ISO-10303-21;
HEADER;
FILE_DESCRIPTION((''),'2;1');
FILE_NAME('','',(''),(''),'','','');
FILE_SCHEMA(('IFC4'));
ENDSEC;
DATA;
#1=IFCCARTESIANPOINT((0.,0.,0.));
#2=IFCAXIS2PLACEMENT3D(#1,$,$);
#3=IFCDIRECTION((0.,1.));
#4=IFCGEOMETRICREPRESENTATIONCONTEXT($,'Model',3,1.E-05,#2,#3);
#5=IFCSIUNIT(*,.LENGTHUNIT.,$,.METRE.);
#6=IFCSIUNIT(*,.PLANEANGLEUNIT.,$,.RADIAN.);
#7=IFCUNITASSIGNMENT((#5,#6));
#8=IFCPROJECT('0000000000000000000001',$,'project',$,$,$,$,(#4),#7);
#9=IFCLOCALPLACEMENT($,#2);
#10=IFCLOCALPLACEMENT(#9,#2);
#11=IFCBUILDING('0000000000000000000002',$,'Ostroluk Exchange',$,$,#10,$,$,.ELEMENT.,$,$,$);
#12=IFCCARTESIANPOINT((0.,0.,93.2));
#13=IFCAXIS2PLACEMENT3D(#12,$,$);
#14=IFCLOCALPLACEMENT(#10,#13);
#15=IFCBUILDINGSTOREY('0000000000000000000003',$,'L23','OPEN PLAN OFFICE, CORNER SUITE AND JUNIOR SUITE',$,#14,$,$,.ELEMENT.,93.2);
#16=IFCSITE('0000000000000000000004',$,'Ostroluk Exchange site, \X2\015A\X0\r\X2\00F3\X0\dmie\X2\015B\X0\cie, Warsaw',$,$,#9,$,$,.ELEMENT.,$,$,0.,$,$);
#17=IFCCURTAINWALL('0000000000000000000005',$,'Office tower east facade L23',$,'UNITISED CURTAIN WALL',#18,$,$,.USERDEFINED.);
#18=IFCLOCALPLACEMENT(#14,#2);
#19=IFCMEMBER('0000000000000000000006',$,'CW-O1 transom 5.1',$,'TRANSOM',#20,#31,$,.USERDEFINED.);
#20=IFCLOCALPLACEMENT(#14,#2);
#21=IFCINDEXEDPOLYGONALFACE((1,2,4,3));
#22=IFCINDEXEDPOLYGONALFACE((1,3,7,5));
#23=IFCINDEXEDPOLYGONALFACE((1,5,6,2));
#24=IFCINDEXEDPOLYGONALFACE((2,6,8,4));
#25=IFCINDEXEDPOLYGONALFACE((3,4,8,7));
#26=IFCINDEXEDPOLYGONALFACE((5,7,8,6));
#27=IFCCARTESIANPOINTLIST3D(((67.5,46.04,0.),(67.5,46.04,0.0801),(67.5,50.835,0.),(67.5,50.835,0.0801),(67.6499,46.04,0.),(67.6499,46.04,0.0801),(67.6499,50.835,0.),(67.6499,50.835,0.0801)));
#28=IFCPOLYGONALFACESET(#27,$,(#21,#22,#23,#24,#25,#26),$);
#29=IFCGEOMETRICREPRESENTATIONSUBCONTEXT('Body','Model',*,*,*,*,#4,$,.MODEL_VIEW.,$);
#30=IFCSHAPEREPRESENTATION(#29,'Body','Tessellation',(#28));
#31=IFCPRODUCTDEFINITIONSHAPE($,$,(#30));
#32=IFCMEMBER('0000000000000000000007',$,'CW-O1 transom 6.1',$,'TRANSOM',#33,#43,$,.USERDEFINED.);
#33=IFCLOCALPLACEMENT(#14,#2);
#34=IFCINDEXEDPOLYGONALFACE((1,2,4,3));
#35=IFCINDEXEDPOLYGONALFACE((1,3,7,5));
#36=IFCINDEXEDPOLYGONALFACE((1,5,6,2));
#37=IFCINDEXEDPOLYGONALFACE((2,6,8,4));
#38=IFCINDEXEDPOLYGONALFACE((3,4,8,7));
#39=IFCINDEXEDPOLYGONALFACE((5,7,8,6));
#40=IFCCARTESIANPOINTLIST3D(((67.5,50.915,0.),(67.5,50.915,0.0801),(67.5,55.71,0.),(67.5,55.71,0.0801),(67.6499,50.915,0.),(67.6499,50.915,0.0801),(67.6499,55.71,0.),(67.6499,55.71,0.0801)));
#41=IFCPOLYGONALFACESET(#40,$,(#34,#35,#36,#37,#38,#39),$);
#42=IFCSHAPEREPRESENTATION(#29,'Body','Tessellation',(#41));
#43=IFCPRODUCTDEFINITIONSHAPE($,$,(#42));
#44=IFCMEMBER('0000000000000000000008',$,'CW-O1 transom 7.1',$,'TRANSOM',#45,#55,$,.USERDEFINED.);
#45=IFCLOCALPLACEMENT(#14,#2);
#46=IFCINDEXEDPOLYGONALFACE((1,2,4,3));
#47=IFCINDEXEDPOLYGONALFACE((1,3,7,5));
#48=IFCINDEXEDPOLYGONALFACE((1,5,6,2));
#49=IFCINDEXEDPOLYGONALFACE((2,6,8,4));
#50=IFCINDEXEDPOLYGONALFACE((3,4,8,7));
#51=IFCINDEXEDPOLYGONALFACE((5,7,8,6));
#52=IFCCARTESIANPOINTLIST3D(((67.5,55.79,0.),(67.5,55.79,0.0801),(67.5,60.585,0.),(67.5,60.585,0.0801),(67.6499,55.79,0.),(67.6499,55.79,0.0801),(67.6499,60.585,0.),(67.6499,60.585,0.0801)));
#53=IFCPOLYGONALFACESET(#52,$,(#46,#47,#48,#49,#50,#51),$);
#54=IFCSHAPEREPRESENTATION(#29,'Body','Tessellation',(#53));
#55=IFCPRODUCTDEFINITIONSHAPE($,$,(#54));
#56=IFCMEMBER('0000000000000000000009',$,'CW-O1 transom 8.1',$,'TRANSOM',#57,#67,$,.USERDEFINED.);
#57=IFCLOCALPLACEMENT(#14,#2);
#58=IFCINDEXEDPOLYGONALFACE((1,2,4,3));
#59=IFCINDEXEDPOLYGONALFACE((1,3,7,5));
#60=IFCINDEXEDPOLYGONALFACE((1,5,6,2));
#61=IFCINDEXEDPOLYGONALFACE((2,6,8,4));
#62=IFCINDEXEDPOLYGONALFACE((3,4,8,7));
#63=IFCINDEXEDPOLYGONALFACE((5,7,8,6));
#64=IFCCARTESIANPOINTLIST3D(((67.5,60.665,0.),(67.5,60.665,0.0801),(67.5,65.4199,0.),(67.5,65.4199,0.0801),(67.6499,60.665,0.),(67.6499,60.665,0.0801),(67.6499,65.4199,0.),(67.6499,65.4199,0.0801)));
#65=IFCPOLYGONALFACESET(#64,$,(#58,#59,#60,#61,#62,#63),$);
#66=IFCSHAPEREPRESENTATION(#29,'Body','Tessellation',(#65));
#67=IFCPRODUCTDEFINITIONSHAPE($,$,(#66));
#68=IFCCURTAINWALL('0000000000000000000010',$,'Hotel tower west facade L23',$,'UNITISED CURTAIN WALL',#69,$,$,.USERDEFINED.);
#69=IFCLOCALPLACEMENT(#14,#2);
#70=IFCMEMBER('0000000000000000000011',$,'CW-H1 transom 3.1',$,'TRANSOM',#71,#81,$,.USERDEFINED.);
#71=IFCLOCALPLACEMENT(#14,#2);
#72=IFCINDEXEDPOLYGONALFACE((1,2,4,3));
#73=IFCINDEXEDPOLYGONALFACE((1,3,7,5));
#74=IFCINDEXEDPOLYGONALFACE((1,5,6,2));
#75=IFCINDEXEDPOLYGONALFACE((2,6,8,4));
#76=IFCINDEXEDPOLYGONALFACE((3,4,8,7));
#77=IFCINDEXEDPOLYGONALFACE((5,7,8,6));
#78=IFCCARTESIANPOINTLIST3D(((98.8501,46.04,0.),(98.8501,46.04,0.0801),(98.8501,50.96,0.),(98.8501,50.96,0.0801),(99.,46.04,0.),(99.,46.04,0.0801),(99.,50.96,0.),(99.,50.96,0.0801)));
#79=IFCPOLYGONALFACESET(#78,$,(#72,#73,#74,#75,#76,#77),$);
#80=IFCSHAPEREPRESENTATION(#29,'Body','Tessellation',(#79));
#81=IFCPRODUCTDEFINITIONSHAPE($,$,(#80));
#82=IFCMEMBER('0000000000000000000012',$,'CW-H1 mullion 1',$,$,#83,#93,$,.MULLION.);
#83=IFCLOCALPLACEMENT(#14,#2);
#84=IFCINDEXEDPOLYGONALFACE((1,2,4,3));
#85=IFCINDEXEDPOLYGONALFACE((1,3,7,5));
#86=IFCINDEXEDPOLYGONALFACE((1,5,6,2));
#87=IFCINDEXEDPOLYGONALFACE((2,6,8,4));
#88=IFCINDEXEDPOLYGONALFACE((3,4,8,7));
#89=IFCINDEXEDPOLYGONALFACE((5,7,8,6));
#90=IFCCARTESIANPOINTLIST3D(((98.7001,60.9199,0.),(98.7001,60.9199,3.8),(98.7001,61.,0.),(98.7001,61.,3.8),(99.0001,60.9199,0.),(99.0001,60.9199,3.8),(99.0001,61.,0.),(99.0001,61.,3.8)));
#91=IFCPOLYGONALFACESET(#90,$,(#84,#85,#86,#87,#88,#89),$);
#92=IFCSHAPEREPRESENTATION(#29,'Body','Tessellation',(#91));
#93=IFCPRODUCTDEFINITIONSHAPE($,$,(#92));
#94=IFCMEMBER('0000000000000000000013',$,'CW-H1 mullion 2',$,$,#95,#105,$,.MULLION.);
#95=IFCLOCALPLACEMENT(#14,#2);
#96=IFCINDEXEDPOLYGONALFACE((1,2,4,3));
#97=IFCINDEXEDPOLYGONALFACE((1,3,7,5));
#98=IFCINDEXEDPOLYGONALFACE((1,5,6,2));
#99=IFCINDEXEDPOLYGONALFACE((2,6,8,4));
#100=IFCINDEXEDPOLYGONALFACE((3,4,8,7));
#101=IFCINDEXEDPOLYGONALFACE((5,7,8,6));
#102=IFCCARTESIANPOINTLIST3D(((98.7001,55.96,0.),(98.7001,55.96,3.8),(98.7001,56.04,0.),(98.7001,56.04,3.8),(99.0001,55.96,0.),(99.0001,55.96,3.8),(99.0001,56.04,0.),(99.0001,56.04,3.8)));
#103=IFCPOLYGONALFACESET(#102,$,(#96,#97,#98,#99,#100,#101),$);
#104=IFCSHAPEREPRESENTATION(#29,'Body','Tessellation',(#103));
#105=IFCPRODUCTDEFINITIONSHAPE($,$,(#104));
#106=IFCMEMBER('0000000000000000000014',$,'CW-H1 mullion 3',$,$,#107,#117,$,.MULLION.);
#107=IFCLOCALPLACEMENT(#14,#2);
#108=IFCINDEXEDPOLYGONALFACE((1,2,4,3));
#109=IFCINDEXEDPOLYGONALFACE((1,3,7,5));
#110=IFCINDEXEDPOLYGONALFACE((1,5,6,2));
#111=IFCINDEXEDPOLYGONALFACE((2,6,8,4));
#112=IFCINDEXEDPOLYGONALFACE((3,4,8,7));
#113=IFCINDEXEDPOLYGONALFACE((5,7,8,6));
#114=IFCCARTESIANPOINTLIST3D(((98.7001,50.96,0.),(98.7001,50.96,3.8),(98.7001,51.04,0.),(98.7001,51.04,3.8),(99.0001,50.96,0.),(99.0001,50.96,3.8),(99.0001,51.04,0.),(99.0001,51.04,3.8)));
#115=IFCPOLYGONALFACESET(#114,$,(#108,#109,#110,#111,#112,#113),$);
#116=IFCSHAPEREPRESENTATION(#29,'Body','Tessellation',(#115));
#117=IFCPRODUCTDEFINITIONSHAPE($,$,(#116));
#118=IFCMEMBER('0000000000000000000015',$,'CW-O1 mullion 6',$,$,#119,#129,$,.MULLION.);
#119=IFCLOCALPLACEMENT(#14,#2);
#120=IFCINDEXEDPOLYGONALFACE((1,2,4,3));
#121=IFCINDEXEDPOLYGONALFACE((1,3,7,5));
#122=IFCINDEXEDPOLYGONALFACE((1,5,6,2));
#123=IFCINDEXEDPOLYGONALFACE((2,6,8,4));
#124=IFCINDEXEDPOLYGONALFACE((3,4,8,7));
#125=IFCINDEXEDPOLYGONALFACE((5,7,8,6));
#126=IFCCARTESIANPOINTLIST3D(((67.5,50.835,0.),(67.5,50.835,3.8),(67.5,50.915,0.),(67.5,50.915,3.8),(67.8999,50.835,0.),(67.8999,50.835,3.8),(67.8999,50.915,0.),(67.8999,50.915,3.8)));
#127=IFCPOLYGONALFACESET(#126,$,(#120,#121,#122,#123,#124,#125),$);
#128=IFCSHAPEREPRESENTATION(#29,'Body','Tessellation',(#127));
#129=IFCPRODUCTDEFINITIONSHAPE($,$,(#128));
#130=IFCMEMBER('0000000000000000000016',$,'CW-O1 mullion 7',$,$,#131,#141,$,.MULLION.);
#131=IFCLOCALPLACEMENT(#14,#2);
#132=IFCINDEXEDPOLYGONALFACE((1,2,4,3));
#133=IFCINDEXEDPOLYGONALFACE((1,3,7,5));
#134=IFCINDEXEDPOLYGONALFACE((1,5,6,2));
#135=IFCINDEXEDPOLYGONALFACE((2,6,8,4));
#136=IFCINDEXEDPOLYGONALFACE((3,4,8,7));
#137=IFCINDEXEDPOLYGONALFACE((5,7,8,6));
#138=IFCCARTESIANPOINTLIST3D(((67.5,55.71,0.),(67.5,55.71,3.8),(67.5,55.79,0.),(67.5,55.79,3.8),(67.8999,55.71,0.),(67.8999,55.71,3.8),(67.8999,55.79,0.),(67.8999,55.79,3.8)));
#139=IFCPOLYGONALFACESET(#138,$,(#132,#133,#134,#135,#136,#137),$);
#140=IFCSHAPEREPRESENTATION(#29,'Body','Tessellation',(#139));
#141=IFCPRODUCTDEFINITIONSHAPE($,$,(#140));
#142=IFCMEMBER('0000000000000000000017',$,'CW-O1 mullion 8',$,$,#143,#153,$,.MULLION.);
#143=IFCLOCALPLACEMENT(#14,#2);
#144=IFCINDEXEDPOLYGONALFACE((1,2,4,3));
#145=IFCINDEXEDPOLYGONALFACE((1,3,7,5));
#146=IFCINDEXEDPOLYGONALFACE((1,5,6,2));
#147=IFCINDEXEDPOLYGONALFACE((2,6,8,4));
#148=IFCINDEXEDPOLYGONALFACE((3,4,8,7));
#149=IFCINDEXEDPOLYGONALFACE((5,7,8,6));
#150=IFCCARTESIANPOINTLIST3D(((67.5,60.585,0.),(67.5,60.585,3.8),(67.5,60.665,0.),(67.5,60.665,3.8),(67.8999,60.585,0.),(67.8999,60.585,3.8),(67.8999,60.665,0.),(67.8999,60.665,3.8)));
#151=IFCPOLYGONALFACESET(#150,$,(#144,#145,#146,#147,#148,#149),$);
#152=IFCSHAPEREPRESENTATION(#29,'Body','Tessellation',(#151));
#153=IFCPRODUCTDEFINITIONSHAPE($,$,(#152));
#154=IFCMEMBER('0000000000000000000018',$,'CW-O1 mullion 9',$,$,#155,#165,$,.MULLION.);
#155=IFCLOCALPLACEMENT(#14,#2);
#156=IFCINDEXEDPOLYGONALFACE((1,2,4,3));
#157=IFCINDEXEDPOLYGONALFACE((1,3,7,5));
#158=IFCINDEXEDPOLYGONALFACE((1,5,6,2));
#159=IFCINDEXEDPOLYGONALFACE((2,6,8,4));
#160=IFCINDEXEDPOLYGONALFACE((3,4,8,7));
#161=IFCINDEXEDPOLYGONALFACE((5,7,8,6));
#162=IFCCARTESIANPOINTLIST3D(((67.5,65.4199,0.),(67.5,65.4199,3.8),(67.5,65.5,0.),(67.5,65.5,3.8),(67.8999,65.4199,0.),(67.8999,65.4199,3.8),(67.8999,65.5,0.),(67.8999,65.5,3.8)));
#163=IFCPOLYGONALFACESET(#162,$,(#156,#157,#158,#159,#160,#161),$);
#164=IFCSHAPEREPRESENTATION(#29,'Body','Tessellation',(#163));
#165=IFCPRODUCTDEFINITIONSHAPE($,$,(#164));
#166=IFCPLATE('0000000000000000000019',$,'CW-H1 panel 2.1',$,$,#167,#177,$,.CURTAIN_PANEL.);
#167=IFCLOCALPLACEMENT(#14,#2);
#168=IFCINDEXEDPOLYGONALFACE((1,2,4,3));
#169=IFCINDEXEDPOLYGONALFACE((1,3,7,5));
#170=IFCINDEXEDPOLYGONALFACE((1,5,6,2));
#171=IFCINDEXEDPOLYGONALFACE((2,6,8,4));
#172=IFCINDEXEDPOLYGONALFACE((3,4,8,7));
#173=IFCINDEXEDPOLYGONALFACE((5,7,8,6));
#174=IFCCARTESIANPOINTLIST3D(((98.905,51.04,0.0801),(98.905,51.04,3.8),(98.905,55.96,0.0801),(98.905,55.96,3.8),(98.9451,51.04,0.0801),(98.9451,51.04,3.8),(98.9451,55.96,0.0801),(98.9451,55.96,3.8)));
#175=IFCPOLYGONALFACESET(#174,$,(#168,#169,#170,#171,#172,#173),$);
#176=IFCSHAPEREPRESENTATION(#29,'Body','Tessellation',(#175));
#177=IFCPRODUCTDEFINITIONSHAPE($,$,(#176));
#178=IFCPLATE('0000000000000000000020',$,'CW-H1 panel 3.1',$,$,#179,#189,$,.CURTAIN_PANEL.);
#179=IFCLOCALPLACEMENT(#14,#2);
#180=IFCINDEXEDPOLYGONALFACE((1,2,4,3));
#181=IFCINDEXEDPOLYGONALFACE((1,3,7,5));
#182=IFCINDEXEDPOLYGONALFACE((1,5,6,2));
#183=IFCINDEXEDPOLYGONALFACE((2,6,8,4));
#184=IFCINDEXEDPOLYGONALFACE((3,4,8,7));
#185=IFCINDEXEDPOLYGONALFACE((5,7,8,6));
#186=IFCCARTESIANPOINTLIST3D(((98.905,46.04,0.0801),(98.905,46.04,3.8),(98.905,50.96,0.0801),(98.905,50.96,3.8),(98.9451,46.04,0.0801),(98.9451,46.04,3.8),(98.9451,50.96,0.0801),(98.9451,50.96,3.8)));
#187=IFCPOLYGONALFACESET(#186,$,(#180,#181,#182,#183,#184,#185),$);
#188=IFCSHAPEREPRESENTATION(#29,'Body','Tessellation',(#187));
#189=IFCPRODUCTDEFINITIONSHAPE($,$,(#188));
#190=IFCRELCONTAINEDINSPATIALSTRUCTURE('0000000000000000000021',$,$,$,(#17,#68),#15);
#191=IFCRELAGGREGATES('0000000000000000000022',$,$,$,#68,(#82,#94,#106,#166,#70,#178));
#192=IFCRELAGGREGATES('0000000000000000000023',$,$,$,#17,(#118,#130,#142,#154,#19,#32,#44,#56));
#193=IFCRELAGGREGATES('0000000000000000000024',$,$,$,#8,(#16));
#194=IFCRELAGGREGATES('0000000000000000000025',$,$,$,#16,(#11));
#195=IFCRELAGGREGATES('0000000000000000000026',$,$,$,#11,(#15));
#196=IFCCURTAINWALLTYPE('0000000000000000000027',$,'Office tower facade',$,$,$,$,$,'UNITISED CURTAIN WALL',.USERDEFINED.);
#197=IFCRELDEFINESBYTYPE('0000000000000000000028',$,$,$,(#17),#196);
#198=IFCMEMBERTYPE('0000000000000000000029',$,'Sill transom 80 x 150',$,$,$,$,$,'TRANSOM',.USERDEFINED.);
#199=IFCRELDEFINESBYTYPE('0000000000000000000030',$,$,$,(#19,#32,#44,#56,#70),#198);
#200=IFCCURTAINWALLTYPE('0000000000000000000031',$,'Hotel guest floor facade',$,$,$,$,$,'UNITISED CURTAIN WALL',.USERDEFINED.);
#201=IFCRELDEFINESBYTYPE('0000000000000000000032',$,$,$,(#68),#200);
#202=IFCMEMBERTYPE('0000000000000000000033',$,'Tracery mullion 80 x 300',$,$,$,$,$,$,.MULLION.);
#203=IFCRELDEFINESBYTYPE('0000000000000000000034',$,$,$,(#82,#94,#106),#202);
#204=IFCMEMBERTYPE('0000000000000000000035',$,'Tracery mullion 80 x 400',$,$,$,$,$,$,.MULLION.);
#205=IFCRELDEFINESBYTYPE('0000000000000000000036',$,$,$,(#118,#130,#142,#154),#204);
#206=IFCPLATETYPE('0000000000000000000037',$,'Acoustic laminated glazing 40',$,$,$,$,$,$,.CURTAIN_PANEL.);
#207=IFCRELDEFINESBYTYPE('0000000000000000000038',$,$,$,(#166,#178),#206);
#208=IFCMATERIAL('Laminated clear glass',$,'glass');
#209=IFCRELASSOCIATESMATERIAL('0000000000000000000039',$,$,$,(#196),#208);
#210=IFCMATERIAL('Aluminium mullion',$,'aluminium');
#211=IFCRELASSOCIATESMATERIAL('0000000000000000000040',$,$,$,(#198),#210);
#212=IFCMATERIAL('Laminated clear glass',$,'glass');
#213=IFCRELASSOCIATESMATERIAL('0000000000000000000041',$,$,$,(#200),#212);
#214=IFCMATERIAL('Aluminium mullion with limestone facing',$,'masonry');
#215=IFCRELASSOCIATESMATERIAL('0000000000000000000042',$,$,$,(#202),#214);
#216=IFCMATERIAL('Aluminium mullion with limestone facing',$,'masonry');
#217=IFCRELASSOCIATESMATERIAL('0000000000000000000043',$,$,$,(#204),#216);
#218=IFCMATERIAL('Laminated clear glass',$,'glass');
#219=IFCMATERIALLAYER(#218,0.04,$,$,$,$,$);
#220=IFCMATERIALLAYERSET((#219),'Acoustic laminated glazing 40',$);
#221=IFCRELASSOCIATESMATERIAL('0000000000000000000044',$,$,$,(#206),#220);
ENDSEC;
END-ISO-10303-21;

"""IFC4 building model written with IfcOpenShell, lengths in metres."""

from ifc_helpers import new_model, si_unit, direction, frame, origin, origin_2d, place, context, subcontext, project, spatial, rectangle, extrude, material, layer, layer_set, material_profile, profile_set, type_object, element, aggregate, save


model = new_model("IFC4")

# Units and contexts
model_context = context("Model", 3, precision=1e-05, world=origin(), true_north=direction((0.0, 1.0)))
body_context = subcontext(model_context, "Body", "Model", "MODEL_VIEW")
ifc_project = project(units=[si_unit("LENGTHUNIT", "METRE"), si_unit("PLANEANGLEUNIT", "RADIAN")], contexts=[model_context])

# Site, building, storey
site_placement = place(None, origin())
site = spatial("IfcSite", under=ifc_project, at=site_placement, Name="Ostroluk Exchange site, Śródmieście, Warsaw", CompositionType="ELEMENT", RefElevation=0.0)
building_placement = place(site_placement, origin())
building = spatial("IfcBuilding", under=site, at=building_placement, Name="Ostroluk Exchange", CompositionType="ELEMENT")
storey_placement = place(building_placement, frame((0.0, 0.0, 93.2)))
storey = spatial("IfcBuildingStorey", under=building, at=storey_placement, Name="L23", Description="OPEN PLAN OFFICE, CORNER SUITE AND JUNIOR SUITE", CompositionType="ELEMENT", Elevation=93.2)

# Curtain walls, members
ifc_material_1 = material(Name="Laminated clear glass", Category="glass")
curtain_wall_type_1 = type_object("IfcCurtainWallType", Name="Office tower facade", ElementType="UNITISED CURTAIN WALL", PredefinedType="USERDEFINED", material=ifc_material_1)
curtain_wall_1_placement = place(storey_placement, origin())
curtain_wall_1 = element("IfcCurtainWall", 1, at=curtain_wall_1_placement, inside=storey, type_object=curtain_wall_type_1, Name="Office tower east facade L23", ObjectType="UNITISED CURTAIN WALL", PredefinedType="USERDEFINED")
ifc_material_2 = material(Name="Aluminium mullion", Category="aluminium")
ifc_material_profile_1 = material_profile(ifc_material_2, rectangle(XDim=0.1499, YDim=0.0801, at=origin_2d()), Name="Sill transom 80 x 150")
ifc_profile_set_1 = profile_set([ifc_material_profile_1], Name="Aluminium mullion")
member_type_1 = type_object("IfcMemberType", Name="Sill transom 80 x 150", ElementType="TRANSOM", PredefinedType="USERDEFINED", material=ifc_profile_set_1)
member_1_placement = place(storey_placement, frame((67.575, 46.04, 0.04), z_axis=(0.0, 1.0, 0.0), x_axis=(-1.0, 0.0, 0.0)))
member_1 = element("IfcMember", 2, at=member_1_placement, type_object=member_type_1, Name="CW-O1 transom 5.1", ObjectType="TRANSOM", PredefinedType="USERDEFINED", context=body_context, shape_type="SweptSolid", body=[
    extrude(rectangle(XDim=0.1499, YDim=0.0801, at=origin_2d()), origin(), (0.0, 0.0, 1.0), 4.7949),
])
member_2_placement = place(storey_placement, frame((67.575, 50.915, 0.04), z_axis=(0.0, 1.0, 0.0), x_axis=(-1.0, 0.0, 0.0)))
member_2 = element("IfcMember", 3, at=member_2_placement, type_object=member_type_1, Name="CW-O1 transom 6.1", ObjectType="TRANSOM", PredefinedType="USERDEFINED", context=body_context, shape_type="SweptSolid", body=[
    extrude(rectangle(XDim=0.1499, YDim=0.0801, at=origin_2d()), origin(), (0.0, 0.0, 1.0), 4.7949),
])
member_3_placement = place(storey_placement, frame((67.575, 55.79, 0.04), z_axis=(0.0, 1.0, 0.0), x_axis=(-1.0, 0.0, 0.0)))
member_3 = element("IfcMember", 4, at=member_3_placement, type_object=member_type_1, Name="CW-O1 transom 7.1", ObjectType="TRANSOM", PredefinedType="USERDEFINED", context=body_context, shape_type="SweptSolid", body=[
    extrude(rectangle(XDim=0.1499, YDim=0.0801, at=origin_2d()), origin(), (0.0, 0.0, 1.0), 4.7949),
])
member_4_placement = place(storey_placement, frame((67.575, 60.665, 0.04), z_axis=(0.0, 1.0, 0.0), x_axis=(-1.0, 0.0, 0.0)))
member_4 = element("IfcMember", 5, at=member_4_placement, type_object=member_type_1, Name="CW-O1 transom 8.1", ObjectType="TRANSOM", PredefinedType="USERDEFINED", context=body_context, shape_type="SweptSolid", body=[
    extrude(rectangle(XDim=0.1499, YDim=0.0801, at=origin_2d()), origin(), (0.0, 0.0, 1.0), 4.7549),
])
ifc_material_3 = material(Name="Laminated clear glass", Category="glass")
curtain_wall_type_2 = type_object("IfcCurtainWallType", Name="Hotel guest floor facade", ElementType="UNITISED CURTAIN WALL", PredefinedType="USERDEFINED", material=ifc_material_3)
curtain_wall_2_placement = place(storey_placement, origin())
curtain_wall_2 = element("IfcCurtainWall", 6, at=curtain_wall_2_placement, inside=storey, type_object=curtain_wall_type_2, Name="Hotel tower west facade L23", ObjectType="UNITISED CURTAIN WALL", PredefinedType="USERDEFINED")
member_5_placement = place(storey_placement, frame((98.925, 50.96, 0.04), z_axis=(0.0, -1.0, 0.0), x_axis=(1.0, 0.0, 0.0)))
member_5 = element("IfcMember", 7, at=member_5_placement, type_object=member_type_1, Name="CW-H1 transom 3.1", ObjectType="TRANSOM", PredefinedType="USERDEFINED", context=body_context, shape_type="SweptSolid", body=[
    extrude(rectangle(XDim=0.1499, YDim=0.0801, at=origin_2d()), origin(), (0.0, 0.0, 1.0), 4.9199),
])
ifc_material_4 = material(Name="Aluminium mullion with limestone facing", Category="masonry")
ifc_material_profile_2 = material_profile(ifc_material_4, rectangle(XDim=0.3, YDim=0.0801, at=origin_2d()), Name="Tracery mullion 80 x 300")
ifc_profile_set_2 = profile_set([ifc_material_profile_2], Name="Aluminium mullion with limestone facing")
member_type_2 = type_object("IfcMemberType", Name="Tracery mullion 80 x 300", PredefinedType="MULLION", material=ifc_profile_set_2)
member_6_placement = place(storey_placement, frame((98.8501, 60.96, 0.0), z_axis=(0.0, 0.0, 1.0), x_axis=(1.0, 0.0, 0.0)))
member_6 = element("IfcMember", 8, at=member_6_placement, type_object=member_type_2, Name="CW-H1 mullion 1", PredefinedType="MULLION", context=body_context, shape_type="SweptSolid", body=[
    extrude(rectangle(XDim=0.3, YDim=0.0801, at=origin_2d()), origin(), (0.0, 0.0, 1.0), 3.8),
])
member_7_placement = place(storey_placement, frame((98.8501, 56.0, 0.0), z_axis=(0.0, 0.0, 1.0), x_axis=(1.0, 0.0, 0.0)))
member_7 = element("IfcMember", 9, at=member_7_placement, type_object=member_type_2, Name="CW-H1 mullion 2", PredefinedType="MULLION", context=body_context, shape_type="SweptSolid", body=[
    extrude(rectangle(XDim=0.3, YDim=0.0801, at=origin_2d()), origin(), (0.0, 0.0, 1.0), 3.8),
])
member_8_placement = place(storey_placement, frame((98.8501, 51.0, 0.0), z_axis=(0.0, 0.0, 1.0), x_axis=(1.0, 0.0, 0.0)))
member_8 = element("IfcMember", 10, at=member_8_placement, type_object=member_type_2, Name="CW-H1 mullion 3", PredefinedType="MULLION", context=body_context, shape_type="SweptSolid", body=[
    extrude(rectangle(XDim=0.3, YDim=0.0801, at=origin_2d()), origin(), (0.0, 0.0, 1.0), 3.8),
])

# Members
ifc_material_5 = material(Name="Aluminium mullion with limestone facing", Category="masonry")
ifc_material_profile_3 = material_profile(ifc_material_5, rectangle(XDim=0.3999, YDim=0.0801, at=origin_2d()), Name="Tracery mullion 80 x 400")
ifc_profile_set_3 = profile_set([ifc_material_profile_3], Name="Aluminium mullion with limestone facing")
member_type_3 = type_object("IfcMemberType", Name="Tracery mullion 80 x 400", PredefinedType="MULLION", material=ifc_profile_set_3)
member_9_placement = place(storey_placement, frame((67.7, 50.875, 0.0), z_axis=(0.0, 0.0, 1.0), x_axis=(-1.0, 0.0, 0.0)))
member_9 = element("IfcMember", 11, at=member_9_placement, type_object=member_type_3, Name="CW-O1 mullion 6", PredefinedType="MULLION", context=body_context, shape_type="SweptSolid", body=[
    extrude(rectangle(XDim=0.3999, YDim=0.0801, at=origin_2d()), origin(), (0.0, 0.0, 1.0), 3.8),
])
member_10_placement = place(storey_placement, frame((67.7, 55.75, 0.0), z_axis=(0.0, 0.0, 1.0), x_axis=(-1.0, 0.0, 0.0)))
member_10 = element("IfcMember", 12, at=member_10_placement, type_object=member_type_3, Name="CW-O1 mullion 7", PredefinedType="MULLION", context=body_context, shape_type="SweptSolid", body=[
    extrude(rectangle(XDim=0.3999, YDim=0.0801, at=origin_2d()), origin(), (0.0, 0.0, 1.0), 3.8),
])
member_11_placement = place(storey_placement, frame((67.7, 60.625, 0.0), z_axis=(0.0, 0.0, 1.0), x_axis=(-1.0, 0.0, 0.0)))
member_11 = element("IfcMember", 13, at=member_11_placement, type_object=member_type_3, Name="CW-O1 mullion 8", PredefinedType="MULLION", context=body_context, shape_type="SweptSolid", body=[
    extrude(rectangle(XDim=0.3999, YDim=0.0801, at=origin_2d()), origin(), (0.0, 0.0, 1.0), 3.8),
])
member_12_placement = place(storey_placement, frame((67.7, 65.46, 0.0), z_axis=(0.0, 0.0, 1.0), x_axis=(-1.0, 0.0, 0.0)))
member_12 = element("IfcMember", 14, at=member_12_placement, type_object=member_type_3, Name="CW-O1 mullion 9", PredefinedType="MULLION", context=body_context, shape_type="SweptSolid", body=[
    extrude(rectangle(XDim=0.3999, YDim=0.0801, at=origin_2d()), origin(), (0.0, 0.0, 1.0), 3.8),
])

# Plates
ifc_material_6 = material(Name="Laminated clear glass", Category="glass")
ifc_layer_1 = layer(ifc_material_6, 0.04)
ifc_layer_set_1 = layer_set([ifc_layer_1], Name="Acoustic laminated glazing 40")
plate_type_1 = type_object("IfcPlateType", Name="Acoustic laminated glazing 40", PredefinedType="CURTAIN_PANEL", material=ifc_layer_set_1)
plate_1_placement = place(storey_placement, frame((98.925, 53.5, 0.0801), z_axis=(0.0, 0.0, 1.0), x_axis=(0.0, -1.0, 0.0)))
plate_1 = element("IfcPlate", 15, at=plate_1_placement, type_object=plate_type_1, Name="CW-H1 panel 2.1", PredefinedType="CURTAIN_PANEL", context=body_context, shape_type="SweptSolid", body=[
    extrude(rectangle(XDim=4.9199, YDim=0.04, at=origin_2d()), origin(), (0.0, 0.0, 1.0), 3.72),
])
plate_2_placement = place(storey_placement, frame((98.925, 48.5, 0.0801), z_axis=(0.0, 0.0, 1.0), x_axis=(0.0, -1.0, 0.0)))
plate_2 = element("IfcPlate", 16, at=plate_2_placement, type_object=plate_type_1, Name="CW-H1 panel 3.1", PredefinedType="CURTAIN_PANEL", context=body_context, shape_type="SweptSolid", body=[
    extrude(rectangle(XDim=4.9199, YDim=0.04, at=origin_2d()), origin(), (0.0, 0.0, 1.0), 3.72),
])
aggregate(curtain_wall_2, [member_6, member_7, member_8, plate_1, member_5, plate_2])
aggregate(curtain_wall_1, [member_9, member_10, member_11, member_12, member_1, member_2, member_3, member_4])

save(model, "model.ifc")
